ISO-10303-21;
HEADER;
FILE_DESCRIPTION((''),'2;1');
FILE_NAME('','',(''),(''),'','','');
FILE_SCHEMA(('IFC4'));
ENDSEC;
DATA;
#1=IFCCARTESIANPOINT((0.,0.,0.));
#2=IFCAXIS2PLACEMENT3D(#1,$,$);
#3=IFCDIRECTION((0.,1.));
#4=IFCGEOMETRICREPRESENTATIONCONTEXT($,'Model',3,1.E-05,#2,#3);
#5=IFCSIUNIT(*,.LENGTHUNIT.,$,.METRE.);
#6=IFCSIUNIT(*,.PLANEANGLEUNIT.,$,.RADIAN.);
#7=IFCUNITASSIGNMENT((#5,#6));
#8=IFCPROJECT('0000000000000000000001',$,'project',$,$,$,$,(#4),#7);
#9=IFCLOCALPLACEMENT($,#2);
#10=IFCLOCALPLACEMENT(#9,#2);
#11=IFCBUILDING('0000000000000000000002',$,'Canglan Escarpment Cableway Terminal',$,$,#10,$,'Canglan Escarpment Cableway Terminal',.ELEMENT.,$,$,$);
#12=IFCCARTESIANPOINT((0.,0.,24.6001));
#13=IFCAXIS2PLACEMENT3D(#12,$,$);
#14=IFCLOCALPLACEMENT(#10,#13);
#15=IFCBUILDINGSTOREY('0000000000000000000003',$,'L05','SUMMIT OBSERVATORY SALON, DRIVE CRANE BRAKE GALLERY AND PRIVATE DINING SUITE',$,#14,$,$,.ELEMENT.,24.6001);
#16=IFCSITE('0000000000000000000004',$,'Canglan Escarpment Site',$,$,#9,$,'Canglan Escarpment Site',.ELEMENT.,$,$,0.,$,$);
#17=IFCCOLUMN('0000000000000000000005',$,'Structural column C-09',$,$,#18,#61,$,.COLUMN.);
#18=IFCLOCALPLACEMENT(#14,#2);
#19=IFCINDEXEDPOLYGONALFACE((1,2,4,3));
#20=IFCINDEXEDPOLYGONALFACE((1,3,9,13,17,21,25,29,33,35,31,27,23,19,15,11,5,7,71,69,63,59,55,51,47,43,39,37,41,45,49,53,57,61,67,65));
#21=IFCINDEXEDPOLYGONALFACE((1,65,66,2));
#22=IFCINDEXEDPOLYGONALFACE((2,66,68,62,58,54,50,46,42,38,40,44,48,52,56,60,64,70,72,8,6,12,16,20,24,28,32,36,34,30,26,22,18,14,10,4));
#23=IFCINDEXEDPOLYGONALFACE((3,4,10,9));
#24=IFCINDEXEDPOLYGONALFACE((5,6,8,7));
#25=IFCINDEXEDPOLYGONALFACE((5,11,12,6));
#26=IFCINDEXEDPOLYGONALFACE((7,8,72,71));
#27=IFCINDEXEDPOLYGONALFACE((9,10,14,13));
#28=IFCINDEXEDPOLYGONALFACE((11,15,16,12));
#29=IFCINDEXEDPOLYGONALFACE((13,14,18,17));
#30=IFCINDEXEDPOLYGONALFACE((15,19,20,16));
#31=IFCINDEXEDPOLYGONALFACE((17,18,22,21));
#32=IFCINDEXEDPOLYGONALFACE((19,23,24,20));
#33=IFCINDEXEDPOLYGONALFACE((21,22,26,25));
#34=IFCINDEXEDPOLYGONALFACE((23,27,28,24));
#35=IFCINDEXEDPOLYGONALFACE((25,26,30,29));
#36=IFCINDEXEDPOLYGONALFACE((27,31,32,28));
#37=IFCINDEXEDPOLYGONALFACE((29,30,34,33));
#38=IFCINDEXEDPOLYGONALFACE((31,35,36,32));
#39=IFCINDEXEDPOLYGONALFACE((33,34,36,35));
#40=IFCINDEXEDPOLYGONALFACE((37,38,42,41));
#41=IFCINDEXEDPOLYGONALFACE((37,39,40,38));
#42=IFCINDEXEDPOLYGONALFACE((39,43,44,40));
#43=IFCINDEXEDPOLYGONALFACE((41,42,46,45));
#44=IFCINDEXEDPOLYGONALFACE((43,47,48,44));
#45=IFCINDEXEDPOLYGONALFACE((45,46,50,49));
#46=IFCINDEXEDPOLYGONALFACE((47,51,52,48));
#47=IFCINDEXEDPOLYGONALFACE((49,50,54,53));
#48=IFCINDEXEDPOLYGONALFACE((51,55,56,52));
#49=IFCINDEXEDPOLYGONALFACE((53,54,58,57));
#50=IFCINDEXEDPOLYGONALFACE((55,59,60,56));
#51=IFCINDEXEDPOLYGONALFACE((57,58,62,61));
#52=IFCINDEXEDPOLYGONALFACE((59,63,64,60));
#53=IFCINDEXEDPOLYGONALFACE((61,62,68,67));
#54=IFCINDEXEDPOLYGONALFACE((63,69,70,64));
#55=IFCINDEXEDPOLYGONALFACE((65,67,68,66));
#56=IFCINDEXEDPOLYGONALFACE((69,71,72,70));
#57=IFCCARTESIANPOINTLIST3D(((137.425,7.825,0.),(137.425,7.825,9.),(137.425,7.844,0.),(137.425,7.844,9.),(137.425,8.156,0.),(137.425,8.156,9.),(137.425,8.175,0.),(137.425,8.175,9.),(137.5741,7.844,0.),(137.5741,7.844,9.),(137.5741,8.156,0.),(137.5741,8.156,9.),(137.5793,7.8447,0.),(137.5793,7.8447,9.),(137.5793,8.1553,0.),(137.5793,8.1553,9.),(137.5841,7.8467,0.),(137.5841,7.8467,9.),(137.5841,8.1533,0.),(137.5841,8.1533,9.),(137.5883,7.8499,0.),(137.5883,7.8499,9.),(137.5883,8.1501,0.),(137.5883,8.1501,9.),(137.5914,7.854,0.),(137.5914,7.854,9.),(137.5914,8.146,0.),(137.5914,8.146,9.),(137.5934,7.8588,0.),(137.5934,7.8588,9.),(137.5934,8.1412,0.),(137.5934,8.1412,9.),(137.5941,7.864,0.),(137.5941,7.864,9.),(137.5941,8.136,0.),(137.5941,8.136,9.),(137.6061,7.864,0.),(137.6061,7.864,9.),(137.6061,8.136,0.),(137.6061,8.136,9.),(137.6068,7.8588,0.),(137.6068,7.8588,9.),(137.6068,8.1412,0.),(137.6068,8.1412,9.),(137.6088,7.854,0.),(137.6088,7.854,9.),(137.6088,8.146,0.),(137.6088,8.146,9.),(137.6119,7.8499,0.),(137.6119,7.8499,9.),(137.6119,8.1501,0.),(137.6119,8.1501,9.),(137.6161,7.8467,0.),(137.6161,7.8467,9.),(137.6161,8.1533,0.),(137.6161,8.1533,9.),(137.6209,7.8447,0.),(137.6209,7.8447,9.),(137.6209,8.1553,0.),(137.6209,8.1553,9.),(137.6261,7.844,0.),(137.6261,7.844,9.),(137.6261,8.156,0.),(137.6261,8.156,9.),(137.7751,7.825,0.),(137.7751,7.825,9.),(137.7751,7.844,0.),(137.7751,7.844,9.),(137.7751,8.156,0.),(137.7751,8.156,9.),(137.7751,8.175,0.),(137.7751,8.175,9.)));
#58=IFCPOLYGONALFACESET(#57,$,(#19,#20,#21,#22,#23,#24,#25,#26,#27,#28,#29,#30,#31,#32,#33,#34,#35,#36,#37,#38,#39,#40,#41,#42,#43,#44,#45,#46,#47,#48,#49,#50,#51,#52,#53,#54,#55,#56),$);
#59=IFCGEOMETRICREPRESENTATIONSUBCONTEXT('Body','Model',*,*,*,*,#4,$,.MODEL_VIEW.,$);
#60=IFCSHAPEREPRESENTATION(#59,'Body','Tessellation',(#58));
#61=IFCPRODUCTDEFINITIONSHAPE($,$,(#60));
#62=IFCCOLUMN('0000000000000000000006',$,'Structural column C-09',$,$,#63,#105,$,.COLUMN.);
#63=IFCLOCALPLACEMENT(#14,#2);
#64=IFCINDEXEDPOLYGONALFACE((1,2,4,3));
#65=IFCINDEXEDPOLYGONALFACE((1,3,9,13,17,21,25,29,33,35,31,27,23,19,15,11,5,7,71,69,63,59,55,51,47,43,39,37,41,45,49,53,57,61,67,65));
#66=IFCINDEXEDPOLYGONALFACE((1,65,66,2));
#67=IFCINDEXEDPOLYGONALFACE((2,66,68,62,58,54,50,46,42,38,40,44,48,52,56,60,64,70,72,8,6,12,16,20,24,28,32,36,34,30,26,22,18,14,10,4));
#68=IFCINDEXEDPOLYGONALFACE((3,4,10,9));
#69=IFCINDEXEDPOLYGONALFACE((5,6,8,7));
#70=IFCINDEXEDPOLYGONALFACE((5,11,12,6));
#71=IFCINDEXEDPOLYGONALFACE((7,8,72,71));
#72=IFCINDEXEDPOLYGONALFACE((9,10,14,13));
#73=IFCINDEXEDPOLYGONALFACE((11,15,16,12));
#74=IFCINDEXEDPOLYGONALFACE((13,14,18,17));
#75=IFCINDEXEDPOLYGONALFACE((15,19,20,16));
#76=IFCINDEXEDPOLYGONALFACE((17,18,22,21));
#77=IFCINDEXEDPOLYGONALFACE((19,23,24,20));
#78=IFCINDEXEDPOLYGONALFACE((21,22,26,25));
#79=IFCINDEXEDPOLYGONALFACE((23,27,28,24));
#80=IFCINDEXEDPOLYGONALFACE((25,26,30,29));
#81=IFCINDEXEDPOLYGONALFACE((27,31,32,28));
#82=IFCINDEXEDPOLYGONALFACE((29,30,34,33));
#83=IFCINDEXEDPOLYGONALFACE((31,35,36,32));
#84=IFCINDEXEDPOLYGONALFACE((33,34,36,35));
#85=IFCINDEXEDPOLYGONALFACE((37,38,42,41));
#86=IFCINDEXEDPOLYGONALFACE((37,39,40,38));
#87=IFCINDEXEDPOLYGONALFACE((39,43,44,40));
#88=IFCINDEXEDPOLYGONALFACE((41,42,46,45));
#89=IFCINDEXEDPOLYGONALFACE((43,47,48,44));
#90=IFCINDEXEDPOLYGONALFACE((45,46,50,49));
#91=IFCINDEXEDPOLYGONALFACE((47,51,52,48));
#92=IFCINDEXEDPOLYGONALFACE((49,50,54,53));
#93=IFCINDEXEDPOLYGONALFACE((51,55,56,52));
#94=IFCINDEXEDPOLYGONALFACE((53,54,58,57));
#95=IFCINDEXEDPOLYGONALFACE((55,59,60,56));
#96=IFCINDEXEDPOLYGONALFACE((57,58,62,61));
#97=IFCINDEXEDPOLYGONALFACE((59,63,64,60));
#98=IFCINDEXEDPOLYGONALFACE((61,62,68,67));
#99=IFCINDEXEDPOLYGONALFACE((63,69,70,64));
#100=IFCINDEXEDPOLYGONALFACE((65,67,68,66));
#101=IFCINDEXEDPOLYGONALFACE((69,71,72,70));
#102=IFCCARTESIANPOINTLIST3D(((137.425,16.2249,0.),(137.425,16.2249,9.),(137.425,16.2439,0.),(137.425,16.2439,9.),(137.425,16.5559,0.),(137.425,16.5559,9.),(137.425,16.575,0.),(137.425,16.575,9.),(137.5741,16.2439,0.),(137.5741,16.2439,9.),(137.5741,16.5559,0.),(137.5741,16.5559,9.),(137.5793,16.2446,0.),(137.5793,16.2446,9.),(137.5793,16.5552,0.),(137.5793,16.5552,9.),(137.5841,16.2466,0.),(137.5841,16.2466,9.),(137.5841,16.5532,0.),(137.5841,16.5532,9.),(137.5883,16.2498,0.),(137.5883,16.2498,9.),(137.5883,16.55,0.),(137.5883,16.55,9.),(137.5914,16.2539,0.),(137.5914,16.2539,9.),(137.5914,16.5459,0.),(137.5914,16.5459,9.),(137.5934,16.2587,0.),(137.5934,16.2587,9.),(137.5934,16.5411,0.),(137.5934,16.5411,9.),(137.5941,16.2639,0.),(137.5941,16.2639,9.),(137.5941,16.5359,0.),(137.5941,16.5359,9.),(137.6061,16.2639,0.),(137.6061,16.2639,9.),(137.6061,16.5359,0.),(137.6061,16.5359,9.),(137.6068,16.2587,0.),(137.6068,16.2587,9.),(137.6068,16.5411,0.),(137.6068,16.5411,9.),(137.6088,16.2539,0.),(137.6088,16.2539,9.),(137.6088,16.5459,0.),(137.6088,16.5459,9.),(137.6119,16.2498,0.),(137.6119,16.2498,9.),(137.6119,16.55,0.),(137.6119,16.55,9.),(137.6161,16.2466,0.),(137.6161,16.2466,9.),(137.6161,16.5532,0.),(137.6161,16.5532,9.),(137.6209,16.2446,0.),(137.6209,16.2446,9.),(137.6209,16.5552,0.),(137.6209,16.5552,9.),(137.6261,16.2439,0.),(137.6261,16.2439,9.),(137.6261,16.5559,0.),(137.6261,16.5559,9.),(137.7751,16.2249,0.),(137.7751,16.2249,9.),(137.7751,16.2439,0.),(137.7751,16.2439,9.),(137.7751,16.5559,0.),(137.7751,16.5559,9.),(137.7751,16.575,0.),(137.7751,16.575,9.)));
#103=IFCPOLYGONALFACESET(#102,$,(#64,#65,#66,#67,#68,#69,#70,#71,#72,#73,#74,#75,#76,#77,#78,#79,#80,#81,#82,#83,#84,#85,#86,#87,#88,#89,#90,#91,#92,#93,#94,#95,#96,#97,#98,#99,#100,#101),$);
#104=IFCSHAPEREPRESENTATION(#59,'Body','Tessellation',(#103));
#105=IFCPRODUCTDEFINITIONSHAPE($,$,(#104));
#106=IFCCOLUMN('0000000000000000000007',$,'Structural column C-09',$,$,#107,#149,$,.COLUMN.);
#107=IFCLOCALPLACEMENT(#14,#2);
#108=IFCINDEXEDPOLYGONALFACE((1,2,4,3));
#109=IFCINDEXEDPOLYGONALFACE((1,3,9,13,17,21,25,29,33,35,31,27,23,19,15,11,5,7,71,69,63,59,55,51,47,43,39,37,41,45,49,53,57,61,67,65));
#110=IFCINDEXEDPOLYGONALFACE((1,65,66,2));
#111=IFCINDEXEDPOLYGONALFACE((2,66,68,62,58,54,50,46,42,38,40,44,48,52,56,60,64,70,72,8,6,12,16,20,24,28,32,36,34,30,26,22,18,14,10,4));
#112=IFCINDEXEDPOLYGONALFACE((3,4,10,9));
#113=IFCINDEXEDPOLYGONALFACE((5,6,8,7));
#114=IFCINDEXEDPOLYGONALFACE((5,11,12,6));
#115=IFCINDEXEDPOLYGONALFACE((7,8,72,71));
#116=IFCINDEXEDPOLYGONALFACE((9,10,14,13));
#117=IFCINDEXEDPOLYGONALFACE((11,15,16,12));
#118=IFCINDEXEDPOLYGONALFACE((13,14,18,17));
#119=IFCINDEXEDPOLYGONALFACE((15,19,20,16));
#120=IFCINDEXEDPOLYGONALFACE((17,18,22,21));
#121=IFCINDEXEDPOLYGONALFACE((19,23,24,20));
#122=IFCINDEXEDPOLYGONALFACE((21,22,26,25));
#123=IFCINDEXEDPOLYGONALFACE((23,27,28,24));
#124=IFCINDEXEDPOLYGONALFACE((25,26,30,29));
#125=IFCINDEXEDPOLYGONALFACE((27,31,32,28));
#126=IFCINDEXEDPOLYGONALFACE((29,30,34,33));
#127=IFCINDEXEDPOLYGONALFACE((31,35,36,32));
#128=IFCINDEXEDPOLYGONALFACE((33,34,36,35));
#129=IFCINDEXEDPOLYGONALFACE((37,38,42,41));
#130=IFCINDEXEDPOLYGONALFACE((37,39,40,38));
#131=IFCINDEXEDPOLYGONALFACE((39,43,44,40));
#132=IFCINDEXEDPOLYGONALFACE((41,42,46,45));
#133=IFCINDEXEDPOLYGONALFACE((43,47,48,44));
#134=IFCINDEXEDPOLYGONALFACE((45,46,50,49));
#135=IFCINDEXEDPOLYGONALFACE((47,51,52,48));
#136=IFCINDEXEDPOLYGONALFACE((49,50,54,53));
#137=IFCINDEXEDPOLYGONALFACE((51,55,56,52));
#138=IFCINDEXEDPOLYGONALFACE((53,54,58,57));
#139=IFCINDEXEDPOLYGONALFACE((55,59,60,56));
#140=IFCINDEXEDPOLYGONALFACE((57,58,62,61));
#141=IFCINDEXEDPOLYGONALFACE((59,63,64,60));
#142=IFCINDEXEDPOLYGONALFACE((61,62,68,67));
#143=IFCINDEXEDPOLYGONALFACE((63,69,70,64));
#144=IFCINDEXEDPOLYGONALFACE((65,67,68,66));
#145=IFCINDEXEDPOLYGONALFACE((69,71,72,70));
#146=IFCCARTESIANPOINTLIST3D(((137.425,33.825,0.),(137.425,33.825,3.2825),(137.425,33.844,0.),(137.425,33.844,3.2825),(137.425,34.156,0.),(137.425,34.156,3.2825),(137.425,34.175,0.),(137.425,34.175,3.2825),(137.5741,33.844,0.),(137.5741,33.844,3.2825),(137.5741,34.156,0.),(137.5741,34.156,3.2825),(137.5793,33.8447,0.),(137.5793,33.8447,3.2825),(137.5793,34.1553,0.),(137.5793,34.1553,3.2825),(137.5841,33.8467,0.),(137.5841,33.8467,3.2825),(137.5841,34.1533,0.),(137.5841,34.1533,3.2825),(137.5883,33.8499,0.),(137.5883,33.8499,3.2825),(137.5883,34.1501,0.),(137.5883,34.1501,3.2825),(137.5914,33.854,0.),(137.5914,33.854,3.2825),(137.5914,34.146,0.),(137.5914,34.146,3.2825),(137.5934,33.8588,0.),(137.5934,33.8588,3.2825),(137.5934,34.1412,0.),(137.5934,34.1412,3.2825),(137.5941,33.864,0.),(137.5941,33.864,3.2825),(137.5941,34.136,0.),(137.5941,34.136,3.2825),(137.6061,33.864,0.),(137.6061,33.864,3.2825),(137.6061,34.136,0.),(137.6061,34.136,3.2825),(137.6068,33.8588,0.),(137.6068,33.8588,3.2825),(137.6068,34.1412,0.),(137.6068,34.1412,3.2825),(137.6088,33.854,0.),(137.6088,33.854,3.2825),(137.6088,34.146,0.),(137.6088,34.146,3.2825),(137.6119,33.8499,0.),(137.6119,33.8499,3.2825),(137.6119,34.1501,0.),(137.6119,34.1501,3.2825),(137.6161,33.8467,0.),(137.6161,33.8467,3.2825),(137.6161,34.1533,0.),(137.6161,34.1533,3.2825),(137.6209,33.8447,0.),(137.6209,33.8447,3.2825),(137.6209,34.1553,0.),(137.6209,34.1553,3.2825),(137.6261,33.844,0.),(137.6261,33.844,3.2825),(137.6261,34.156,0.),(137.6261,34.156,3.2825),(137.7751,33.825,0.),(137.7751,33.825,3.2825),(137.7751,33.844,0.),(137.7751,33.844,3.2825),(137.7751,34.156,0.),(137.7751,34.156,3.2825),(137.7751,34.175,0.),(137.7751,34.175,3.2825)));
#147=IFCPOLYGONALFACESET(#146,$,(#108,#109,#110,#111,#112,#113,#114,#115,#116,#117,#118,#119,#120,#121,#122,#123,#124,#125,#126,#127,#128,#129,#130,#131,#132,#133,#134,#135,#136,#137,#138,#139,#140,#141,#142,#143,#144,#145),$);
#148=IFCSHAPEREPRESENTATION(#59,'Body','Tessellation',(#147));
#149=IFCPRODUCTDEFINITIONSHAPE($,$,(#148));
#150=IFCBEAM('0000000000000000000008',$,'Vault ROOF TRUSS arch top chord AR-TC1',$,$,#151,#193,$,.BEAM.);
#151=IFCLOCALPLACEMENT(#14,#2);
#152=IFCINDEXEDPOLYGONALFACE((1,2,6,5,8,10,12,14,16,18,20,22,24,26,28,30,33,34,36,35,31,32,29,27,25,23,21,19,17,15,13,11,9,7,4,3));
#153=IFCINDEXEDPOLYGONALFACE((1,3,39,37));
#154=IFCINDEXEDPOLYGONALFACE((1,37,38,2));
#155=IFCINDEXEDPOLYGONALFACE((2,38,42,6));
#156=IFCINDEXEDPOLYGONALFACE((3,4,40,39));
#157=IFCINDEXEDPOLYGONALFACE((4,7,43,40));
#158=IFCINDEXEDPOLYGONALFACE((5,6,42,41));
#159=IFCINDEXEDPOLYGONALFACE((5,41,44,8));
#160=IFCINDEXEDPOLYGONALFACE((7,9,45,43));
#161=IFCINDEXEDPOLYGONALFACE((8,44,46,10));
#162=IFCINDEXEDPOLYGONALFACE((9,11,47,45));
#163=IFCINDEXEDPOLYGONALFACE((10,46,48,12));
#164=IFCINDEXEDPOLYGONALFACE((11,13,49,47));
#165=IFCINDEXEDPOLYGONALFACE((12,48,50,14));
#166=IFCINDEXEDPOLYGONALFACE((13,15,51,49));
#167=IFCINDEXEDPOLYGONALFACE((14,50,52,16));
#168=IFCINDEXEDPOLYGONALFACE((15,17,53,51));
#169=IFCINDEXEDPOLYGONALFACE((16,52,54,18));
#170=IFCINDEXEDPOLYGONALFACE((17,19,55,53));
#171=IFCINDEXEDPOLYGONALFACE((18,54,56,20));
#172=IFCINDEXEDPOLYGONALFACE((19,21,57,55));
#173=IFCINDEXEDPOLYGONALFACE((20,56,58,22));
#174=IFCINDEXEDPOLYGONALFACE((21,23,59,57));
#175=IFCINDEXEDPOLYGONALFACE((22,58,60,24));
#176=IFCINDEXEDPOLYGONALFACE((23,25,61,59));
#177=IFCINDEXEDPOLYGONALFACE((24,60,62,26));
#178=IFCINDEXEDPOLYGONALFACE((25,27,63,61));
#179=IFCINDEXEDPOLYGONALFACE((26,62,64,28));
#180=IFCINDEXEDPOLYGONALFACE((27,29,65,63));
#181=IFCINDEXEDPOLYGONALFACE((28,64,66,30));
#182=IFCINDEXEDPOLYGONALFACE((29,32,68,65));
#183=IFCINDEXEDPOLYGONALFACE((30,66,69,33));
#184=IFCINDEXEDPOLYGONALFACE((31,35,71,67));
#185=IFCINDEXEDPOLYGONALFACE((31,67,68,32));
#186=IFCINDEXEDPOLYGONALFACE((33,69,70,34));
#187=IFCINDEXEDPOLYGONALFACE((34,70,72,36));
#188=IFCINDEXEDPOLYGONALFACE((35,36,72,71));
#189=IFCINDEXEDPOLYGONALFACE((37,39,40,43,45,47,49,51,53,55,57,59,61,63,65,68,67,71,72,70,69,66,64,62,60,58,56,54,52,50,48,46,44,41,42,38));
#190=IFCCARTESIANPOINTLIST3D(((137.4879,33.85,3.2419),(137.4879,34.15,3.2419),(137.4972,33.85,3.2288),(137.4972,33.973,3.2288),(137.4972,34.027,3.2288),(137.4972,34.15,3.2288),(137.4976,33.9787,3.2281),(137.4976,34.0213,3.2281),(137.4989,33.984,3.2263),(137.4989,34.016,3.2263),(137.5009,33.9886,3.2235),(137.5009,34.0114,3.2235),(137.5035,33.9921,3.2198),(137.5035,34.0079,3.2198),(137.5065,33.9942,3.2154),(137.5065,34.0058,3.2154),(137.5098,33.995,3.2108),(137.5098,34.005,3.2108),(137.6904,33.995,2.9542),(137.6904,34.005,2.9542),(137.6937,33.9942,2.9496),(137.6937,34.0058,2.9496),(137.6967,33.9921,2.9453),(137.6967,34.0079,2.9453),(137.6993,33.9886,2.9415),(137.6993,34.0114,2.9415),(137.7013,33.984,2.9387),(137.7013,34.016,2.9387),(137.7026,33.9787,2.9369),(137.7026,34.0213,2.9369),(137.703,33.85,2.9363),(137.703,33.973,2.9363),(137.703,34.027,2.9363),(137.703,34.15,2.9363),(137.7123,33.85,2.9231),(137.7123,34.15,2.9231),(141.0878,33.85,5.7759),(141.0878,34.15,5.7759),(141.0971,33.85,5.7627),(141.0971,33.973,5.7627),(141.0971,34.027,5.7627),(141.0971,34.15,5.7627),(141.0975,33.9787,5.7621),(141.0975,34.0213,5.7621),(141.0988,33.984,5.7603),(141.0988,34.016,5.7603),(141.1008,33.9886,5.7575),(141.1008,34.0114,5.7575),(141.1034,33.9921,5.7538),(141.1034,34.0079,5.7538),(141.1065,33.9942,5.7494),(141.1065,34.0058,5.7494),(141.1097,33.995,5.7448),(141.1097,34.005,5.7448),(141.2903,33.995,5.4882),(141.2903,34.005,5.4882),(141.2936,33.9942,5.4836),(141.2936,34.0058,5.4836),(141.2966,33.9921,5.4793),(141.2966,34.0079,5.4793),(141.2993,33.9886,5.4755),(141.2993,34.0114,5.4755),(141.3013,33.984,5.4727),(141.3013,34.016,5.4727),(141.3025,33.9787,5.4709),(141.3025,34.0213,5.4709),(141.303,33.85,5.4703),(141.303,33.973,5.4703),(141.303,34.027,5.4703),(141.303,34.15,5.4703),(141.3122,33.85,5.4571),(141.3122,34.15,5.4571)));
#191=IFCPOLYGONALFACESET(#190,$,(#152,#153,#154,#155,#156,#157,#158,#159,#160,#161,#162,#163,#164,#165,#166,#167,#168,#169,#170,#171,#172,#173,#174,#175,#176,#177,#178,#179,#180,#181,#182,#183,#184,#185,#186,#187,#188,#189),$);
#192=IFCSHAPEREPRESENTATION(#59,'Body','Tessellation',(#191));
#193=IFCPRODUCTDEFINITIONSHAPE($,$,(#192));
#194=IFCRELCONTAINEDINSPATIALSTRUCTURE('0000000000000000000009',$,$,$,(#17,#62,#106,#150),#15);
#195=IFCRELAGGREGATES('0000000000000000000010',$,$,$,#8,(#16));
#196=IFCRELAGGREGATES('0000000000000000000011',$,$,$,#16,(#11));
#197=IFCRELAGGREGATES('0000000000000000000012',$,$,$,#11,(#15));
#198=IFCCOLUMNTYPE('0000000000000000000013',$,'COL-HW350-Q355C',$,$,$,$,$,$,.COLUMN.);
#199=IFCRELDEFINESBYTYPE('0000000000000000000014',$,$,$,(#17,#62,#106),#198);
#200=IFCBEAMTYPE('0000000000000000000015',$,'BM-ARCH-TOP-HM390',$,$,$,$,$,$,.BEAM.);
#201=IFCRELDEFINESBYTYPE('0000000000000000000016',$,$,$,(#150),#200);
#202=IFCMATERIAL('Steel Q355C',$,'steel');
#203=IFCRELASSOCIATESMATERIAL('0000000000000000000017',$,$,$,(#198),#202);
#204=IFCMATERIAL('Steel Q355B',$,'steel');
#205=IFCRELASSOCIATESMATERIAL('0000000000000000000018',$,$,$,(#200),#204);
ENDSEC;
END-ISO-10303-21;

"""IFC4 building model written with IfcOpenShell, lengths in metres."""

from ifc_helpers import new_model, si_unit, direction, frame, origin, origin_2d, place, context, subcontext, project, spatial, i_section, extrude, material, material_profile, profile_set, type_object, element, save


model = new_model("IFC4")

# Units and contexts
model_context = context("Model", 3, precision=1e-05, world=origin(), true_north=direction((0.0, 1.0)))
body_context = subcontext(model_context, "Body", "Model", "MODEL_VIEW")
ifc_project = project(units=[si_unit("LENGTHUNIT", "METRE"), si_unit("PLANEANGLEUNIT", "RADIAN")], contexts=[model_context])

# Site, building, storey
site_placement = place(None, origin())
site = spatial("IfcSite", under=ifc_project, at=site_placement, Name="Canglan Escarpment Site", LongName="Canglan Escarpment Site", CompositionType="ELEMENT", RefElevation=0.0)
building_placement = place(site_placement, origin())
building = spatial("IfcBuilding", under=site, at=building_placement, Name="Canglan Escarpment Cableway Terminal", LongName="Canglan Escarpment Cableway Terminal", CompositionType="ELEMENT")
storey_placement = place(building_placement, frame((0.0, 0.0, 24.6001)))
storey = spatial("IfcBuildingStorey", under=building, at=storey_placement, Name="L05", Description="SUMMIT OBSERVATORY SALON, DRIVE CRANE BRAKE GALLERY AND PRIVATE DINING SUITE", CompositionType="ELEMENT", Elevation=24.6001)

# Columns
ifc_material_1 = material(Name="Steel Q355C", Category="steel")
ifc_material_profile_1 = material_profile(ifc_material_1, i_section(OverallWidth=0.3501, OverallDepth=0.3501, WebThickness=0.012, FlangeThickness=0.019, FilletRadius=0.02, at=origin_2d()), Name="HW 350x350x12x19")
ifc_profile_set_1 = profile_set([ifc_material_profile_1], Name="Steel Q355C")
column_type = type_object("IfcColumnType", Name="COL-HW350-Q355C", PredefinedType="COLUMN", material=ifc_profile_set_1)
for number, where, z_axis, x_axis, name in (
    (1, (137.6001, 8.0, 0.0), (0.0, 0.0, 1.0), (1.0, 0.0, 0.0), "Structural column C-09"),
    (2, (137.6001, 16.3999, 0.0), (0.0, 0.0, 1.0), (1.0, 0.0, 0.0), "Structural column C-09"),
):
    element("IfcColumn", number, at=place(storey_placement, frame(where, z_axis=z_axis, x_axis=x_axis)), inside=storey, type_object=column_type, Name=name, PredefinedType="COLUMN", context=body_context, shape_type="SweptSolid", body=[
        extrude(i_section(OverallWidth=0.3501, OverallDepth=0.3501, WebThickness=0.012, FlangeThickness=0.019, FilletRadius=0.02, at=origin_2d()), origin(), (0.0, 0.0, 1.0), 9.0),
    ])
column_placement = place(storey_placement, frame((137.6001, 34.0, 0.0), z_axis=(0.0, 0.0, 1.0), x_axis=(1.0, 0.0, 0.0)))
element("IfcColumn", 3, at=column_placement, inside=storey, type_object=column_type, Name="Structural column C-09", PredefinedType="COLUMN", context=body_context, shape_type="SweptSolid", body=[
    extrude(i_section(OverallWidth=0.3501, OverallDepth=0.3501, WebThickness=0.012, FlangeThickness=0.019, FilletRadius=0.02, at=origin_2d()), origin(), (0.0, 0.0, 1.0), 3.2825),
])

# Beam
ifc_material_2 = material(Name="Steel Q355B", Category="steel")
ifc_material_profile_2 = material_profile(ifc_material_2, i_section(OverallWidth=0.3, OverallDepth=0.3899, WebThickness=0.01, FlangeThickness=0.0161, FilletRadius=0.022, at=origin_2d()), Name="HM 390x300x10x16")
ifc_profile_set_2 = profile_set([ifc_material_profile_2], Name="Steel Q355B")
beam_type_1 = type_object("IfcBeamType", Name="BM-ARCH-TOP-HM390", PredefinedType="BEAM", material=ifc_profile_set_2)
beam_1_placement = place(storey_placement, frame((137.6001, 34.0, 3.0825), z_axis=(0.817731, 0.0, 0.575601), x_axis=(0.0, 1.0, 0.0)))
element("IfcBeam", 4, at=beam_1_placement, inside=storey, type_object=beam_type_1, Name="Vault ROOF TRUSS arch top chord AR-TC1", PredefinedType="BEAM", context=body_context, shape_type="SweptSolid", body=[
    extrude(i_section(OverallWidth=0.3, OverallDepth=0.3899, WebThickness=0.01, FlangeThickness=0.0161, FilletRadius=0.022, at=origin_2d()), origin(), (0.0, 0.0, 1.0), 4.4023),
])

save(model, "model.ifc")
